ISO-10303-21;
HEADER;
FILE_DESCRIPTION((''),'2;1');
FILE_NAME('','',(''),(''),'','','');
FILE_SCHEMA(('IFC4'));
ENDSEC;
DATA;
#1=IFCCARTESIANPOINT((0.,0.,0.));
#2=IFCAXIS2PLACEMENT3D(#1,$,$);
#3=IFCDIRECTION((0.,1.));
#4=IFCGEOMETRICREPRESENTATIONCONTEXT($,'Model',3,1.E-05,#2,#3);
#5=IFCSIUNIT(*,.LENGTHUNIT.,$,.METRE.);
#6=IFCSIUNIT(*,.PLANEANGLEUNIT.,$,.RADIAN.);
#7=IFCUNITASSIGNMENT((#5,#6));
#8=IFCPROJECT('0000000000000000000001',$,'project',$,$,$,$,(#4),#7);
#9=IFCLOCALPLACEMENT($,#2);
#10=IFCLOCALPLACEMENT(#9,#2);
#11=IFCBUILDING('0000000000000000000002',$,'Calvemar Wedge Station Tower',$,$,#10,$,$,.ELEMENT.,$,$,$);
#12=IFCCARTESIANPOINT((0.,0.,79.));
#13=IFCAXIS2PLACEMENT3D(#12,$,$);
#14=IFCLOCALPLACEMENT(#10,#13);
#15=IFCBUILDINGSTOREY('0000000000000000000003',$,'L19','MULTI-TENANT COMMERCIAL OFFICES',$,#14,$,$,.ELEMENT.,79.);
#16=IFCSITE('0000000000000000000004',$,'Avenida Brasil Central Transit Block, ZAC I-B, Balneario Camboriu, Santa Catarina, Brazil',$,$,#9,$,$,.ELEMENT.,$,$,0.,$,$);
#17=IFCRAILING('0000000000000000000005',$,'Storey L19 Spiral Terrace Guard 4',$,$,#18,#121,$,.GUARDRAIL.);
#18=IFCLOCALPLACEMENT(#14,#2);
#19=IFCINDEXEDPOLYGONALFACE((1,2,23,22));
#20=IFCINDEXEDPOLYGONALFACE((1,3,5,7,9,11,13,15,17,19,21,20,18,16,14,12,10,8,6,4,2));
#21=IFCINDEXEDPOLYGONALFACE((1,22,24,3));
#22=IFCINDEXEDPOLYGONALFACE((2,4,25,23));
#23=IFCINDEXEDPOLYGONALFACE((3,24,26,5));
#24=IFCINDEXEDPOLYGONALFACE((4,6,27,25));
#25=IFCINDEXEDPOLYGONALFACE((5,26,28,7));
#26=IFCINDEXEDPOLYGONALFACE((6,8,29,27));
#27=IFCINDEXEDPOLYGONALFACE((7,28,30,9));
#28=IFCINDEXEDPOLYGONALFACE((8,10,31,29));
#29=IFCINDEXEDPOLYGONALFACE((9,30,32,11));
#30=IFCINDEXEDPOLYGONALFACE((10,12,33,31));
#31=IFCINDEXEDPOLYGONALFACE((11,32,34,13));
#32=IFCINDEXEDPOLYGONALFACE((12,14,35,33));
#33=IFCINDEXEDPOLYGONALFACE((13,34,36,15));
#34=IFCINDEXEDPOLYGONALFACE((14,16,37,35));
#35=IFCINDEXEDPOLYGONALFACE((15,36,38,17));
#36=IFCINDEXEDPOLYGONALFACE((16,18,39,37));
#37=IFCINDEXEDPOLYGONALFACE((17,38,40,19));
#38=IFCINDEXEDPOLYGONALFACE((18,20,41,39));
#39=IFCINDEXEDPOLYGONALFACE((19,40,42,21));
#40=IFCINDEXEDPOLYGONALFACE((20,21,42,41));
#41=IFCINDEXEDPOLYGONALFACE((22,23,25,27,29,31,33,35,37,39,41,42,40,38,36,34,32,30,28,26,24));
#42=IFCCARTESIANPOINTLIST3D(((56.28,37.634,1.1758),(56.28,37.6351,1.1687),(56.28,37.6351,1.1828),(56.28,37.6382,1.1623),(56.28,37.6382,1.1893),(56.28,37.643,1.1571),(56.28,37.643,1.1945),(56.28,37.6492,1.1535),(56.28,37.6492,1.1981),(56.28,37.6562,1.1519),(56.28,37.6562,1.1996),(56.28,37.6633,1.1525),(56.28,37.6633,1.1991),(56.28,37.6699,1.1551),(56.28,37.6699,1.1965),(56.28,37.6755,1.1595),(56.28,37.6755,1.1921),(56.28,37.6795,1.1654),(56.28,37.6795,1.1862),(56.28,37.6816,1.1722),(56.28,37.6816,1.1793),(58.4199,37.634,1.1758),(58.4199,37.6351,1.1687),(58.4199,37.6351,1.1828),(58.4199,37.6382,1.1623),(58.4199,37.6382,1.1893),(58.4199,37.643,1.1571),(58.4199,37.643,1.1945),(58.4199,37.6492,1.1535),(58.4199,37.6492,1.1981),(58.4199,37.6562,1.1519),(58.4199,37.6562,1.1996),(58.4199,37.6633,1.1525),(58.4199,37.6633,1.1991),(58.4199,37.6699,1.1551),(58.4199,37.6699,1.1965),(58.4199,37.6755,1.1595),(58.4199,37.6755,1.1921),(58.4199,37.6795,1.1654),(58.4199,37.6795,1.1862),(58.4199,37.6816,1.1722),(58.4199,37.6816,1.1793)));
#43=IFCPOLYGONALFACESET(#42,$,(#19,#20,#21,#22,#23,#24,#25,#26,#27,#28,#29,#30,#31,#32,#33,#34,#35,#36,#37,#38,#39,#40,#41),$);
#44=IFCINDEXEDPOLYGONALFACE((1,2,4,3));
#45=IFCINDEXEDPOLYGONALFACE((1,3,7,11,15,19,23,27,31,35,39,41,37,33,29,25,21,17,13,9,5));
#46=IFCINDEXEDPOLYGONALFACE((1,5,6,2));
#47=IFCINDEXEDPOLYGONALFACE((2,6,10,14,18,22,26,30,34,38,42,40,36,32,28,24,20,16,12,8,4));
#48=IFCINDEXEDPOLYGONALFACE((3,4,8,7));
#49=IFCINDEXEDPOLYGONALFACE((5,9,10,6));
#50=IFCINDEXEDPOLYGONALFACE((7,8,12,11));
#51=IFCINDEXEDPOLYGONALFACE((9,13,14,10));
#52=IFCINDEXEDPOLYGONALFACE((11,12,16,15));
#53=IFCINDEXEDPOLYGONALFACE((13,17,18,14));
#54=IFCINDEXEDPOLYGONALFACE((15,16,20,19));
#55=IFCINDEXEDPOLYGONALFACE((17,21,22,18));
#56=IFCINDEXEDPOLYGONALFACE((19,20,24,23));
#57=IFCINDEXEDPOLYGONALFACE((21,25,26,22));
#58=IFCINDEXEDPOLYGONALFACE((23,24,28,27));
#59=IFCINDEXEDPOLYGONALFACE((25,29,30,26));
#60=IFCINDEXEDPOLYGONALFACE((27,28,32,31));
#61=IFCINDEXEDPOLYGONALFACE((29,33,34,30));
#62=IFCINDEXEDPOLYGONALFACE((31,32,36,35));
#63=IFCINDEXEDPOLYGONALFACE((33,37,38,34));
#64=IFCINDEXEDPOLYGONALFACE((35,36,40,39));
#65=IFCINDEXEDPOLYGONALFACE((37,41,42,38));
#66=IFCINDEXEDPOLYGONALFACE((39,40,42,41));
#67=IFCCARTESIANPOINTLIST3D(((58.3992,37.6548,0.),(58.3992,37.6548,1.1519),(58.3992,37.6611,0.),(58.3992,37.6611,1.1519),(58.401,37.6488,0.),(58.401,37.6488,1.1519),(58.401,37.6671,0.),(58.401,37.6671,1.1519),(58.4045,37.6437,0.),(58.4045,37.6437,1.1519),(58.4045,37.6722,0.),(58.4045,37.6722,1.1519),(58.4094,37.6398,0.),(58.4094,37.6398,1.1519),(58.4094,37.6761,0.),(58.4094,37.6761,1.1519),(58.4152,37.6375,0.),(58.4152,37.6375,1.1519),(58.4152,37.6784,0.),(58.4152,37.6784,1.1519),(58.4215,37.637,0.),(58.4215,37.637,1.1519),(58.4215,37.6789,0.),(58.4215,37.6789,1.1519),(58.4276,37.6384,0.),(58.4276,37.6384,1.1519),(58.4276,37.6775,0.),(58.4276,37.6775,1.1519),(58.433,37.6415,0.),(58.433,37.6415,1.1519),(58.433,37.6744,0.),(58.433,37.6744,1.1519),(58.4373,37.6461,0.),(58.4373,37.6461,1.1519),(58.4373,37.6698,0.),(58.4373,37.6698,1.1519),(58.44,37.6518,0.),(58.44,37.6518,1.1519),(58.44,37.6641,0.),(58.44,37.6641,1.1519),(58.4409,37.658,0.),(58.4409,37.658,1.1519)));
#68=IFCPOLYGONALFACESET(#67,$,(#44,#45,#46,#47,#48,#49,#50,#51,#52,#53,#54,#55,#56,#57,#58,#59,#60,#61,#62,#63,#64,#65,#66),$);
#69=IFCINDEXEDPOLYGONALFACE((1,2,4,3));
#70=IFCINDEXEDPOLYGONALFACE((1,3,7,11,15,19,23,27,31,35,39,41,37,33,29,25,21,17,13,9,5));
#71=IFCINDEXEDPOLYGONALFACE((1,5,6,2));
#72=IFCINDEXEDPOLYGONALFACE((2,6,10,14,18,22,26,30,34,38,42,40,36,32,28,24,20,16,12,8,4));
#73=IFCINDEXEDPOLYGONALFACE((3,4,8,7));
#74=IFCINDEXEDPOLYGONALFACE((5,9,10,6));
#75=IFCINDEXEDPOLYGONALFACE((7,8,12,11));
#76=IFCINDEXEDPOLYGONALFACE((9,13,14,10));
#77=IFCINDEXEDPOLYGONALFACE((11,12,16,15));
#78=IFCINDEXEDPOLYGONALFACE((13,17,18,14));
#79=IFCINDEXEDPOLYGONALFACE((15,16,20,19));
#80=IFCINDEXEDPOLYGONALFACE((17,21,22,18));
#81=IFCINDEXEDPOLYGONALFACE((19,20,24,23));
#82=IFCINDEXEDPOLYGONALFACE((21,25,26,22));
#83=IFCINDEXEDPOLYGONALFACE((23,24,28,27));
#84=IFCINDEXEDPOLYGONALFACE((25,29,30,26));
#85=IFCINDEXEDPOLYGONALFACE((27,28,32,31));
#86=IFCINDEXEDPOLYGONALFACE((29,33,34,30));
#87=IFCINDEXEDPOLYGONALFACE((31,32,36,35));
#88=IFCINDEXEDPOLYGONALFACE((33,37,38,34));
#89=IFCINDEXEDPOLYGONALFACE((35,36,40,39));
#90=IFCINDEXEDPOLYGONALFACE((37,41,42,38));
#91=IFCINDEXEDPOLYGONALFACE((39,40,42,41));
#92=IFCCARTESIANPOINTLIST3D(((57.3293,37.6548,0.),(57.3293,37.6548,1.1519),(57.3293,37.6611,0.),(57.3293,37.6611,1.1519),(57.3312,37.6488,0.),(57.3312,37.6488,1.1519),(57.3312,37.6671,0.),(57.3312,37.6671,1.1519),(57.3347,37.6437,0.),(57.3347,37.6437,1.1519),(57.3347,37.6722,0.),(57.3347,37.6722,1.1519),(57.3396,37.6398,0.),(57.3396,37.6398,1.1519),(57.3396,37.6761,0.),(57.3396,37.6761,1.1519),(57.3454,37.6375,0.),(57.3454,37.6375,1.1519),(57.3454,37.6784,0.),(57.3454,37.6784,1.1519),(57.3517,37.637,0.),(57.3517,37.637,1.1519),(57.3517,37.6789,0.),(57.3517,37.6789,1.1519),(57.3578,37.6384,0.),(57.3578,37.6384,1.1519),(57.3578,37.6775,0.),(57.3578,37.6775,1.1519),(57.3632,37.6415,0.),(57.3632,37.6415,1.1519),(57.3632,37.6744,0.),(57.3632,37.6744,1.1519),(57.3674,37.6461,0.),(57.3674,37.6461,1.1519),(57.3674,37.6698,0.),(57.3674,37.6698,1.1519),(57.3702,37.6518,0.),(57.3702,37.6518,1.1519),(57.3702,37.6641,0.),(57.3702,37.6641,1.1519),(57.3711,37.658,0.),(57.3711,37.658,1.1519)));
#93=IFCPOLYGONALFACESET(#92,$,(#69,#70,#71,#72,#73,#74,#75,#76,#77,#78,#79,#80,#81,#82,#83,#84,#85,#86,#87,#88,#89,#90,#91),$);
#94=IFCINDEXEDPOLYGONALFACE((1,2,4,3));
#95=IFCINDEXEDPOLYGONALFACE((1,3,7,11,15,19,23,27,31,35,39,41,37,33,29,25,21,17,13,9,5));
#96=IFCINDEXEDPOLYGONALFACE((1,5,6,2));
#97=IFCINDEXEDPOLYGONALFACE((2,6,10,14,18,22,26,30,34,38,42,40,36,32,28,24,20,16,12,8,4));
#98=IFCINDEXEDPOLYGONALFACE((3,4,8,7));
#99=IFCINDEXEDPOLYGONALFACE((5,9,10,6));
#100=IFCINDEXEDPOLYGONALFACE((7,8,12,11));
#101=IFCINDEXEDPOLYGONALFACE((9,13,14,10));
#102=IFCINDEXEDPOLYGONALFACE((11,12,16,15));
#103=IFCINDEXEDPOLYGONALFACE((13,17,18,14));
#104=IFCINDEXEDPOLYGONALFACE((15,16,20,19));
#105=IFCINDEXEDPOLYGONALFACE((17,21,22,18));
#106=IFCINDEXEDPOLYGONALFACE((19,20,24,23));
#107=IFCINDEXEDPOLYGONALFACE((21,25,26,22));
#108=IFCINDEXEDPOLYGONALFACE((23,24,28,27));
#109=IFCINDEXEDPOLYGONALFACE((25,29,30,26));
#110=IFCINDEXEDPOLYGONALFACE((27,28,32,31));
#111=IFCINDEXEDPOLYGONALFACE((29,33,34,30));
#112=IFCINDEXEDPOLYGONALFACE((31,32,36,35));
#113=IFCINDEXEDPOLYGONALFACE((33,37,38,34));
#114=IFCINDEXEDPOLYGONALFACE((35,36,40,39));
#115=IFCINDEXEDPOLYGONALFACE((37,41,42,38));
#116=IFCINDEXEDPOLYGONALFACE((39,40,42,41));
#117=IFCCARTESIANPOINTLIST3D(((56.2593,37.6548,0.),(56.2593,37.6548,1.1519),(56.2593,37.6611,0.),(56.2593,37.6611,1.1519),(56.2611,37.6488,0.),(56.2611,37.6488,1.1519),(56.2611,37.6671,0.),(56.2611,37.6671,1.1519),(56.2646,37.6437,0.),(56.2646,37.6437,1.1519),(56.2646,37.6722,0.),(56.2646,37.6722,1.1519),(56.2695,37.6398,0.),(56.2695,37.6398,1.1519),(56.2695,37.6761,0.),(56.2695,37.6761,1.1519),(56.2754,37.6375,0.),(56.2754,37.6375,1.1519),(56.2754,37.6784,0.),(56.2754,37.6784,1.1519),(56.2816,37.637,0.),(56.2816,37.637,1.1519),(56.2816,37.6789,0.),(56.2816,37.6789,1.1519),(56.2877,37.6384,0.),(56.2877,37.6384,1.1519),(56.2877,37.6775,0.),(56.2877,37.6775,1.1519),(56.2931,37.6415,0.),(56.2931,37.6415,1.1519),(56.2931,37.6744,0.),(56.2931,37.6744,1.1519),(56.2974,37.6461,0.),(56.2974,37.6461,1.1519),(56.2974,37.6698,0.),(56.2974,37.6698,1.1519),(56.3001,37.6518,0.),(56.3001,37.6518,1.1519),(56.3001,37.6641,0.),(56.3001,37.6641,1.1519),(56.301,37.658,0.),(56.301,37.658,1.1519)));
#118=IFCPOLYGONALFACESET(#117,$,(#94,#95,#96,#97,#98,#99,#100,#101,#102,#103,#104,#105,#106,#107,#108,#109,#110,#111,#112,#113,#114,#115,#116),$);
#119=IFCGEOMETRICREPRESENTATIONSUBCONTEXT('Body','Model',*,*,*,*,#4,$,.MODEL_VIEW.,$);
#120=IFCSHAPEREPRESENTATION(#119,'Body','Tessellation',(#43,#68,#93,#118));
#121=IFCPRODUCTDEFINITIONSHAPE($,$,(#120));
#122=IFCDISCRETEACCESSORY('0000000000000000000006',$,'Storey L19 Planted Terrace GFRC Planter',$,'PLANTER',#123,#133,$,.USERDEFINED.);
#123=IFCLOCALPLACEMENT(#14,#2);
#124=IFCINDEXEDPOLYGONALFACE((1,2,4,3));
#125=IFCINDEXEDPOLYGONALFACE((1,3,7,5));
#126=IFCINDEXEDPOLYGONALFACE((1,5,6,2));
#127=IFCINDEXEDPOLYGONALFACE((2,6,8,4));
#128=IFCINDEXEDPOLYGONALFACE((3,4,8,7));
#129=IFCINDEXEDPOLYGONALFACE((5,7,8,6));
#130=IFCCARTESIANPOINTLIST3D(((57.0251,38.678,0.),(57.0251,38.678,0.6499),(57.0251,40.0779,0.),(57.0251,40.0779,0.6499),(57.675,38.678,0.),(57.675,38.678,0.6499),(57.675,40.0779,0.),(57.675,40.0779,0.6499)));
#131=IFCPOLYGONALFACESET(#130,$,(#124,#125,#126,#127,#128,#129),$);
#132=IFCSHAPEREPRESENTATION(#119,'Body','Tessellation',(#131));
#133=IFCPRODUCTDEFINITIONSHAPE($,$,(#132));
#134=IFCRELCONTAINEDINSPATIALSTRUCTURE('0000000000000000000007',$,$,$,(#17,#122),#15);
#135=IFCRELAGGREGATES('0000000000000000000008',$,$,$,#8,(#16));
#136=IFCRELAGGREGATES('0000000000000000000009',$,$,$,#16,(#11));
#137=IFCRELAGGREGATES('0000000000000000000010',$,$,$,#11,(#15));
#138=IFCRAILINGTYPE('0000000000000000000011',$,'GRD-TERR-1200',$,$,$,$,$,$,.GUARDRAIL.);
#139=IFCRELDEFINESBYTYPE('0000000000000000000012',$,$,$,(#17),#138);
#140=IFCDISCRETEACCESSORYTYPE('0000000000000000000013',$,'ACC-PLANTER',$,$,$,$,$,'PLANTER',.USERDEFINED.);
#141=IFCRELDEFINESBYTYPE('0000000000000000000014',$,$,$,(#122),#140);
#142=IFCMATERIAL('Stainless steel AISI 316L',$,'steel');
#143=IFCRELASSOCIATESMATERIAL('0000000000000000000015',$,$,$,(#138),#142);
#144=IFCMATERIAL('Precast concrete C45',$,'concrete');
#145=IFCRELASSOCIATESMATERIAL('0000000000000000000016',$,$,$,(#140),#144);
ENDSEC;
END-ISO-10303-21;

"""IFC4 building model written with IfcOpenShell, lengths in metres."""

from ifc_helpers import new_model, si_unit, direction, frame, origin, origin_2d, place, context, subcontext, project, spatial, rectangle, circle, extrude, source, transform, mapped, material, type_object, element, save


model = new_model("IFC4")

# Units and contexts
model_context = context("Model", 3, precision=1e-05, world=origin(), true_north=direction((0.0, 1.0)))
body_context = subcontext(model_context, "Body", "Model", "MODEL_VIEW")
ifc_project = project(units=[si_unit("LENGTHUNIT", "METRE"), si_unit("PLANEANGLEUNIT", "RADIAN")], contexts=[model_context])

# Site, building, storey
site_placement = place(None, origin())
site = spatial("IfcSite", under=ifc_project, at=site_placement, Name="Avenida Brasil Central Transit Block, ZAC I-B, Balneario Camboriu, Santa Catarina, Brazil", CompositionType="ELEMENT", RefElevation=0.0)
building_placement = place(site_placement, origin())
building = spatial("IfcBuilding", under=site, at=building_placement, Name="Calvemar Wedge Station Tower", CompositionType="ELEMENT")
storey_placement = place(building_placement, frame((0.0, 0.0, 79.0)))
storey = spatial("IfcBuildingStorey", under=building, at=storey_placement, Name="L19", Description="MULTI-TENANT COMMERCIAL OFFICES", CompositionType="ELEMENT", Elevation=79.0)

# Shared definitions
ifc_material_1 = material(Name="Precast concrete C45", Category="concrete")

# Railing
ifc_material_2 = material(Name="Stainless steel AISI 316L", Category="steel")
railing_type = type_object("IfcRailingType", Name="GRD-TERR-1200", PredefinedType="GUARDRAIL", material=ifc_material_2)
railing_1_placement = place(storey_placement, frame((58.4199, 37.658, 0.0)))
element("IfcRailing", 1, at=railing_1_placement, inside=storey, type_object=railing_type, Name="Storey L19 Spiral Terrace Guard 4", PredefinedType="GUARDRAIL", context=body_context, shape_type="SweptSolid", body=[
    extrude(circle(Radius=0.0239, at=origin_2d()), frame((0.0, 0.0, 1.1758), z_axis=(-1.0, 0.0, 0.0), x_axis=(0.0, -1.0, 0.0)), (0.0, 0.0, 1.0), 2.1399),
    extrude(circle(Radius=0.021, at=origin_2d()), origin(), (0.0, 0.0, 1.0), 1.1519),
    extrude(circle(Radius=0.021, at=origin_2d()), frame((-1.0698, 0.0, 0.0)), (0.0, 0.0, 1.0), 1.1519),
    extrude(circle(Radius=0.021, at=origin_2d()), frame((-2.1399, 0.0, 0.0)), (0.0, 0.0, 1.0), 1.1519),
])

# Discrete accessory
discrete_accessory_type = type_object("IfcDiscreteAccessoryType", Name="ACC-PLANTER", ElementType="PLANTER", PredefinedType="USERDEFINED", material=ifc_material_1)
shared_shape_1 = source(origin(), body_context, "Body", "SweptSolid", [
    extrude(rectangle(XDim=0.6499, YDim=1.3999, at=origin_2d()), origin(), (0.0, 0.0, 1.0), 0.6499),
])
discrete_accessory_placement = place(storey_placement, frame((57.3501, 39.3779, 0.0), z_axis=(0.0, 0.0, 1.0), x_axis=(1.0, 0.0, 0.0)))
element("IfcDiscreteAccessory", 2, at=discrete_accessory_placement, inside=storey, type_object=discrete_accessory_type, Name="Storey L19 Planted Terrace GFRC Planter", ObjectType="PLANTER", PredefinedType="USERDEFINED", context=body_context, shape_type="MappedRepresentation", body=[
    mapped(shared_shape_1, transform((0.0, 0.0, 0.0), scale=1.0)),
])

save(model, "model.ifc")
